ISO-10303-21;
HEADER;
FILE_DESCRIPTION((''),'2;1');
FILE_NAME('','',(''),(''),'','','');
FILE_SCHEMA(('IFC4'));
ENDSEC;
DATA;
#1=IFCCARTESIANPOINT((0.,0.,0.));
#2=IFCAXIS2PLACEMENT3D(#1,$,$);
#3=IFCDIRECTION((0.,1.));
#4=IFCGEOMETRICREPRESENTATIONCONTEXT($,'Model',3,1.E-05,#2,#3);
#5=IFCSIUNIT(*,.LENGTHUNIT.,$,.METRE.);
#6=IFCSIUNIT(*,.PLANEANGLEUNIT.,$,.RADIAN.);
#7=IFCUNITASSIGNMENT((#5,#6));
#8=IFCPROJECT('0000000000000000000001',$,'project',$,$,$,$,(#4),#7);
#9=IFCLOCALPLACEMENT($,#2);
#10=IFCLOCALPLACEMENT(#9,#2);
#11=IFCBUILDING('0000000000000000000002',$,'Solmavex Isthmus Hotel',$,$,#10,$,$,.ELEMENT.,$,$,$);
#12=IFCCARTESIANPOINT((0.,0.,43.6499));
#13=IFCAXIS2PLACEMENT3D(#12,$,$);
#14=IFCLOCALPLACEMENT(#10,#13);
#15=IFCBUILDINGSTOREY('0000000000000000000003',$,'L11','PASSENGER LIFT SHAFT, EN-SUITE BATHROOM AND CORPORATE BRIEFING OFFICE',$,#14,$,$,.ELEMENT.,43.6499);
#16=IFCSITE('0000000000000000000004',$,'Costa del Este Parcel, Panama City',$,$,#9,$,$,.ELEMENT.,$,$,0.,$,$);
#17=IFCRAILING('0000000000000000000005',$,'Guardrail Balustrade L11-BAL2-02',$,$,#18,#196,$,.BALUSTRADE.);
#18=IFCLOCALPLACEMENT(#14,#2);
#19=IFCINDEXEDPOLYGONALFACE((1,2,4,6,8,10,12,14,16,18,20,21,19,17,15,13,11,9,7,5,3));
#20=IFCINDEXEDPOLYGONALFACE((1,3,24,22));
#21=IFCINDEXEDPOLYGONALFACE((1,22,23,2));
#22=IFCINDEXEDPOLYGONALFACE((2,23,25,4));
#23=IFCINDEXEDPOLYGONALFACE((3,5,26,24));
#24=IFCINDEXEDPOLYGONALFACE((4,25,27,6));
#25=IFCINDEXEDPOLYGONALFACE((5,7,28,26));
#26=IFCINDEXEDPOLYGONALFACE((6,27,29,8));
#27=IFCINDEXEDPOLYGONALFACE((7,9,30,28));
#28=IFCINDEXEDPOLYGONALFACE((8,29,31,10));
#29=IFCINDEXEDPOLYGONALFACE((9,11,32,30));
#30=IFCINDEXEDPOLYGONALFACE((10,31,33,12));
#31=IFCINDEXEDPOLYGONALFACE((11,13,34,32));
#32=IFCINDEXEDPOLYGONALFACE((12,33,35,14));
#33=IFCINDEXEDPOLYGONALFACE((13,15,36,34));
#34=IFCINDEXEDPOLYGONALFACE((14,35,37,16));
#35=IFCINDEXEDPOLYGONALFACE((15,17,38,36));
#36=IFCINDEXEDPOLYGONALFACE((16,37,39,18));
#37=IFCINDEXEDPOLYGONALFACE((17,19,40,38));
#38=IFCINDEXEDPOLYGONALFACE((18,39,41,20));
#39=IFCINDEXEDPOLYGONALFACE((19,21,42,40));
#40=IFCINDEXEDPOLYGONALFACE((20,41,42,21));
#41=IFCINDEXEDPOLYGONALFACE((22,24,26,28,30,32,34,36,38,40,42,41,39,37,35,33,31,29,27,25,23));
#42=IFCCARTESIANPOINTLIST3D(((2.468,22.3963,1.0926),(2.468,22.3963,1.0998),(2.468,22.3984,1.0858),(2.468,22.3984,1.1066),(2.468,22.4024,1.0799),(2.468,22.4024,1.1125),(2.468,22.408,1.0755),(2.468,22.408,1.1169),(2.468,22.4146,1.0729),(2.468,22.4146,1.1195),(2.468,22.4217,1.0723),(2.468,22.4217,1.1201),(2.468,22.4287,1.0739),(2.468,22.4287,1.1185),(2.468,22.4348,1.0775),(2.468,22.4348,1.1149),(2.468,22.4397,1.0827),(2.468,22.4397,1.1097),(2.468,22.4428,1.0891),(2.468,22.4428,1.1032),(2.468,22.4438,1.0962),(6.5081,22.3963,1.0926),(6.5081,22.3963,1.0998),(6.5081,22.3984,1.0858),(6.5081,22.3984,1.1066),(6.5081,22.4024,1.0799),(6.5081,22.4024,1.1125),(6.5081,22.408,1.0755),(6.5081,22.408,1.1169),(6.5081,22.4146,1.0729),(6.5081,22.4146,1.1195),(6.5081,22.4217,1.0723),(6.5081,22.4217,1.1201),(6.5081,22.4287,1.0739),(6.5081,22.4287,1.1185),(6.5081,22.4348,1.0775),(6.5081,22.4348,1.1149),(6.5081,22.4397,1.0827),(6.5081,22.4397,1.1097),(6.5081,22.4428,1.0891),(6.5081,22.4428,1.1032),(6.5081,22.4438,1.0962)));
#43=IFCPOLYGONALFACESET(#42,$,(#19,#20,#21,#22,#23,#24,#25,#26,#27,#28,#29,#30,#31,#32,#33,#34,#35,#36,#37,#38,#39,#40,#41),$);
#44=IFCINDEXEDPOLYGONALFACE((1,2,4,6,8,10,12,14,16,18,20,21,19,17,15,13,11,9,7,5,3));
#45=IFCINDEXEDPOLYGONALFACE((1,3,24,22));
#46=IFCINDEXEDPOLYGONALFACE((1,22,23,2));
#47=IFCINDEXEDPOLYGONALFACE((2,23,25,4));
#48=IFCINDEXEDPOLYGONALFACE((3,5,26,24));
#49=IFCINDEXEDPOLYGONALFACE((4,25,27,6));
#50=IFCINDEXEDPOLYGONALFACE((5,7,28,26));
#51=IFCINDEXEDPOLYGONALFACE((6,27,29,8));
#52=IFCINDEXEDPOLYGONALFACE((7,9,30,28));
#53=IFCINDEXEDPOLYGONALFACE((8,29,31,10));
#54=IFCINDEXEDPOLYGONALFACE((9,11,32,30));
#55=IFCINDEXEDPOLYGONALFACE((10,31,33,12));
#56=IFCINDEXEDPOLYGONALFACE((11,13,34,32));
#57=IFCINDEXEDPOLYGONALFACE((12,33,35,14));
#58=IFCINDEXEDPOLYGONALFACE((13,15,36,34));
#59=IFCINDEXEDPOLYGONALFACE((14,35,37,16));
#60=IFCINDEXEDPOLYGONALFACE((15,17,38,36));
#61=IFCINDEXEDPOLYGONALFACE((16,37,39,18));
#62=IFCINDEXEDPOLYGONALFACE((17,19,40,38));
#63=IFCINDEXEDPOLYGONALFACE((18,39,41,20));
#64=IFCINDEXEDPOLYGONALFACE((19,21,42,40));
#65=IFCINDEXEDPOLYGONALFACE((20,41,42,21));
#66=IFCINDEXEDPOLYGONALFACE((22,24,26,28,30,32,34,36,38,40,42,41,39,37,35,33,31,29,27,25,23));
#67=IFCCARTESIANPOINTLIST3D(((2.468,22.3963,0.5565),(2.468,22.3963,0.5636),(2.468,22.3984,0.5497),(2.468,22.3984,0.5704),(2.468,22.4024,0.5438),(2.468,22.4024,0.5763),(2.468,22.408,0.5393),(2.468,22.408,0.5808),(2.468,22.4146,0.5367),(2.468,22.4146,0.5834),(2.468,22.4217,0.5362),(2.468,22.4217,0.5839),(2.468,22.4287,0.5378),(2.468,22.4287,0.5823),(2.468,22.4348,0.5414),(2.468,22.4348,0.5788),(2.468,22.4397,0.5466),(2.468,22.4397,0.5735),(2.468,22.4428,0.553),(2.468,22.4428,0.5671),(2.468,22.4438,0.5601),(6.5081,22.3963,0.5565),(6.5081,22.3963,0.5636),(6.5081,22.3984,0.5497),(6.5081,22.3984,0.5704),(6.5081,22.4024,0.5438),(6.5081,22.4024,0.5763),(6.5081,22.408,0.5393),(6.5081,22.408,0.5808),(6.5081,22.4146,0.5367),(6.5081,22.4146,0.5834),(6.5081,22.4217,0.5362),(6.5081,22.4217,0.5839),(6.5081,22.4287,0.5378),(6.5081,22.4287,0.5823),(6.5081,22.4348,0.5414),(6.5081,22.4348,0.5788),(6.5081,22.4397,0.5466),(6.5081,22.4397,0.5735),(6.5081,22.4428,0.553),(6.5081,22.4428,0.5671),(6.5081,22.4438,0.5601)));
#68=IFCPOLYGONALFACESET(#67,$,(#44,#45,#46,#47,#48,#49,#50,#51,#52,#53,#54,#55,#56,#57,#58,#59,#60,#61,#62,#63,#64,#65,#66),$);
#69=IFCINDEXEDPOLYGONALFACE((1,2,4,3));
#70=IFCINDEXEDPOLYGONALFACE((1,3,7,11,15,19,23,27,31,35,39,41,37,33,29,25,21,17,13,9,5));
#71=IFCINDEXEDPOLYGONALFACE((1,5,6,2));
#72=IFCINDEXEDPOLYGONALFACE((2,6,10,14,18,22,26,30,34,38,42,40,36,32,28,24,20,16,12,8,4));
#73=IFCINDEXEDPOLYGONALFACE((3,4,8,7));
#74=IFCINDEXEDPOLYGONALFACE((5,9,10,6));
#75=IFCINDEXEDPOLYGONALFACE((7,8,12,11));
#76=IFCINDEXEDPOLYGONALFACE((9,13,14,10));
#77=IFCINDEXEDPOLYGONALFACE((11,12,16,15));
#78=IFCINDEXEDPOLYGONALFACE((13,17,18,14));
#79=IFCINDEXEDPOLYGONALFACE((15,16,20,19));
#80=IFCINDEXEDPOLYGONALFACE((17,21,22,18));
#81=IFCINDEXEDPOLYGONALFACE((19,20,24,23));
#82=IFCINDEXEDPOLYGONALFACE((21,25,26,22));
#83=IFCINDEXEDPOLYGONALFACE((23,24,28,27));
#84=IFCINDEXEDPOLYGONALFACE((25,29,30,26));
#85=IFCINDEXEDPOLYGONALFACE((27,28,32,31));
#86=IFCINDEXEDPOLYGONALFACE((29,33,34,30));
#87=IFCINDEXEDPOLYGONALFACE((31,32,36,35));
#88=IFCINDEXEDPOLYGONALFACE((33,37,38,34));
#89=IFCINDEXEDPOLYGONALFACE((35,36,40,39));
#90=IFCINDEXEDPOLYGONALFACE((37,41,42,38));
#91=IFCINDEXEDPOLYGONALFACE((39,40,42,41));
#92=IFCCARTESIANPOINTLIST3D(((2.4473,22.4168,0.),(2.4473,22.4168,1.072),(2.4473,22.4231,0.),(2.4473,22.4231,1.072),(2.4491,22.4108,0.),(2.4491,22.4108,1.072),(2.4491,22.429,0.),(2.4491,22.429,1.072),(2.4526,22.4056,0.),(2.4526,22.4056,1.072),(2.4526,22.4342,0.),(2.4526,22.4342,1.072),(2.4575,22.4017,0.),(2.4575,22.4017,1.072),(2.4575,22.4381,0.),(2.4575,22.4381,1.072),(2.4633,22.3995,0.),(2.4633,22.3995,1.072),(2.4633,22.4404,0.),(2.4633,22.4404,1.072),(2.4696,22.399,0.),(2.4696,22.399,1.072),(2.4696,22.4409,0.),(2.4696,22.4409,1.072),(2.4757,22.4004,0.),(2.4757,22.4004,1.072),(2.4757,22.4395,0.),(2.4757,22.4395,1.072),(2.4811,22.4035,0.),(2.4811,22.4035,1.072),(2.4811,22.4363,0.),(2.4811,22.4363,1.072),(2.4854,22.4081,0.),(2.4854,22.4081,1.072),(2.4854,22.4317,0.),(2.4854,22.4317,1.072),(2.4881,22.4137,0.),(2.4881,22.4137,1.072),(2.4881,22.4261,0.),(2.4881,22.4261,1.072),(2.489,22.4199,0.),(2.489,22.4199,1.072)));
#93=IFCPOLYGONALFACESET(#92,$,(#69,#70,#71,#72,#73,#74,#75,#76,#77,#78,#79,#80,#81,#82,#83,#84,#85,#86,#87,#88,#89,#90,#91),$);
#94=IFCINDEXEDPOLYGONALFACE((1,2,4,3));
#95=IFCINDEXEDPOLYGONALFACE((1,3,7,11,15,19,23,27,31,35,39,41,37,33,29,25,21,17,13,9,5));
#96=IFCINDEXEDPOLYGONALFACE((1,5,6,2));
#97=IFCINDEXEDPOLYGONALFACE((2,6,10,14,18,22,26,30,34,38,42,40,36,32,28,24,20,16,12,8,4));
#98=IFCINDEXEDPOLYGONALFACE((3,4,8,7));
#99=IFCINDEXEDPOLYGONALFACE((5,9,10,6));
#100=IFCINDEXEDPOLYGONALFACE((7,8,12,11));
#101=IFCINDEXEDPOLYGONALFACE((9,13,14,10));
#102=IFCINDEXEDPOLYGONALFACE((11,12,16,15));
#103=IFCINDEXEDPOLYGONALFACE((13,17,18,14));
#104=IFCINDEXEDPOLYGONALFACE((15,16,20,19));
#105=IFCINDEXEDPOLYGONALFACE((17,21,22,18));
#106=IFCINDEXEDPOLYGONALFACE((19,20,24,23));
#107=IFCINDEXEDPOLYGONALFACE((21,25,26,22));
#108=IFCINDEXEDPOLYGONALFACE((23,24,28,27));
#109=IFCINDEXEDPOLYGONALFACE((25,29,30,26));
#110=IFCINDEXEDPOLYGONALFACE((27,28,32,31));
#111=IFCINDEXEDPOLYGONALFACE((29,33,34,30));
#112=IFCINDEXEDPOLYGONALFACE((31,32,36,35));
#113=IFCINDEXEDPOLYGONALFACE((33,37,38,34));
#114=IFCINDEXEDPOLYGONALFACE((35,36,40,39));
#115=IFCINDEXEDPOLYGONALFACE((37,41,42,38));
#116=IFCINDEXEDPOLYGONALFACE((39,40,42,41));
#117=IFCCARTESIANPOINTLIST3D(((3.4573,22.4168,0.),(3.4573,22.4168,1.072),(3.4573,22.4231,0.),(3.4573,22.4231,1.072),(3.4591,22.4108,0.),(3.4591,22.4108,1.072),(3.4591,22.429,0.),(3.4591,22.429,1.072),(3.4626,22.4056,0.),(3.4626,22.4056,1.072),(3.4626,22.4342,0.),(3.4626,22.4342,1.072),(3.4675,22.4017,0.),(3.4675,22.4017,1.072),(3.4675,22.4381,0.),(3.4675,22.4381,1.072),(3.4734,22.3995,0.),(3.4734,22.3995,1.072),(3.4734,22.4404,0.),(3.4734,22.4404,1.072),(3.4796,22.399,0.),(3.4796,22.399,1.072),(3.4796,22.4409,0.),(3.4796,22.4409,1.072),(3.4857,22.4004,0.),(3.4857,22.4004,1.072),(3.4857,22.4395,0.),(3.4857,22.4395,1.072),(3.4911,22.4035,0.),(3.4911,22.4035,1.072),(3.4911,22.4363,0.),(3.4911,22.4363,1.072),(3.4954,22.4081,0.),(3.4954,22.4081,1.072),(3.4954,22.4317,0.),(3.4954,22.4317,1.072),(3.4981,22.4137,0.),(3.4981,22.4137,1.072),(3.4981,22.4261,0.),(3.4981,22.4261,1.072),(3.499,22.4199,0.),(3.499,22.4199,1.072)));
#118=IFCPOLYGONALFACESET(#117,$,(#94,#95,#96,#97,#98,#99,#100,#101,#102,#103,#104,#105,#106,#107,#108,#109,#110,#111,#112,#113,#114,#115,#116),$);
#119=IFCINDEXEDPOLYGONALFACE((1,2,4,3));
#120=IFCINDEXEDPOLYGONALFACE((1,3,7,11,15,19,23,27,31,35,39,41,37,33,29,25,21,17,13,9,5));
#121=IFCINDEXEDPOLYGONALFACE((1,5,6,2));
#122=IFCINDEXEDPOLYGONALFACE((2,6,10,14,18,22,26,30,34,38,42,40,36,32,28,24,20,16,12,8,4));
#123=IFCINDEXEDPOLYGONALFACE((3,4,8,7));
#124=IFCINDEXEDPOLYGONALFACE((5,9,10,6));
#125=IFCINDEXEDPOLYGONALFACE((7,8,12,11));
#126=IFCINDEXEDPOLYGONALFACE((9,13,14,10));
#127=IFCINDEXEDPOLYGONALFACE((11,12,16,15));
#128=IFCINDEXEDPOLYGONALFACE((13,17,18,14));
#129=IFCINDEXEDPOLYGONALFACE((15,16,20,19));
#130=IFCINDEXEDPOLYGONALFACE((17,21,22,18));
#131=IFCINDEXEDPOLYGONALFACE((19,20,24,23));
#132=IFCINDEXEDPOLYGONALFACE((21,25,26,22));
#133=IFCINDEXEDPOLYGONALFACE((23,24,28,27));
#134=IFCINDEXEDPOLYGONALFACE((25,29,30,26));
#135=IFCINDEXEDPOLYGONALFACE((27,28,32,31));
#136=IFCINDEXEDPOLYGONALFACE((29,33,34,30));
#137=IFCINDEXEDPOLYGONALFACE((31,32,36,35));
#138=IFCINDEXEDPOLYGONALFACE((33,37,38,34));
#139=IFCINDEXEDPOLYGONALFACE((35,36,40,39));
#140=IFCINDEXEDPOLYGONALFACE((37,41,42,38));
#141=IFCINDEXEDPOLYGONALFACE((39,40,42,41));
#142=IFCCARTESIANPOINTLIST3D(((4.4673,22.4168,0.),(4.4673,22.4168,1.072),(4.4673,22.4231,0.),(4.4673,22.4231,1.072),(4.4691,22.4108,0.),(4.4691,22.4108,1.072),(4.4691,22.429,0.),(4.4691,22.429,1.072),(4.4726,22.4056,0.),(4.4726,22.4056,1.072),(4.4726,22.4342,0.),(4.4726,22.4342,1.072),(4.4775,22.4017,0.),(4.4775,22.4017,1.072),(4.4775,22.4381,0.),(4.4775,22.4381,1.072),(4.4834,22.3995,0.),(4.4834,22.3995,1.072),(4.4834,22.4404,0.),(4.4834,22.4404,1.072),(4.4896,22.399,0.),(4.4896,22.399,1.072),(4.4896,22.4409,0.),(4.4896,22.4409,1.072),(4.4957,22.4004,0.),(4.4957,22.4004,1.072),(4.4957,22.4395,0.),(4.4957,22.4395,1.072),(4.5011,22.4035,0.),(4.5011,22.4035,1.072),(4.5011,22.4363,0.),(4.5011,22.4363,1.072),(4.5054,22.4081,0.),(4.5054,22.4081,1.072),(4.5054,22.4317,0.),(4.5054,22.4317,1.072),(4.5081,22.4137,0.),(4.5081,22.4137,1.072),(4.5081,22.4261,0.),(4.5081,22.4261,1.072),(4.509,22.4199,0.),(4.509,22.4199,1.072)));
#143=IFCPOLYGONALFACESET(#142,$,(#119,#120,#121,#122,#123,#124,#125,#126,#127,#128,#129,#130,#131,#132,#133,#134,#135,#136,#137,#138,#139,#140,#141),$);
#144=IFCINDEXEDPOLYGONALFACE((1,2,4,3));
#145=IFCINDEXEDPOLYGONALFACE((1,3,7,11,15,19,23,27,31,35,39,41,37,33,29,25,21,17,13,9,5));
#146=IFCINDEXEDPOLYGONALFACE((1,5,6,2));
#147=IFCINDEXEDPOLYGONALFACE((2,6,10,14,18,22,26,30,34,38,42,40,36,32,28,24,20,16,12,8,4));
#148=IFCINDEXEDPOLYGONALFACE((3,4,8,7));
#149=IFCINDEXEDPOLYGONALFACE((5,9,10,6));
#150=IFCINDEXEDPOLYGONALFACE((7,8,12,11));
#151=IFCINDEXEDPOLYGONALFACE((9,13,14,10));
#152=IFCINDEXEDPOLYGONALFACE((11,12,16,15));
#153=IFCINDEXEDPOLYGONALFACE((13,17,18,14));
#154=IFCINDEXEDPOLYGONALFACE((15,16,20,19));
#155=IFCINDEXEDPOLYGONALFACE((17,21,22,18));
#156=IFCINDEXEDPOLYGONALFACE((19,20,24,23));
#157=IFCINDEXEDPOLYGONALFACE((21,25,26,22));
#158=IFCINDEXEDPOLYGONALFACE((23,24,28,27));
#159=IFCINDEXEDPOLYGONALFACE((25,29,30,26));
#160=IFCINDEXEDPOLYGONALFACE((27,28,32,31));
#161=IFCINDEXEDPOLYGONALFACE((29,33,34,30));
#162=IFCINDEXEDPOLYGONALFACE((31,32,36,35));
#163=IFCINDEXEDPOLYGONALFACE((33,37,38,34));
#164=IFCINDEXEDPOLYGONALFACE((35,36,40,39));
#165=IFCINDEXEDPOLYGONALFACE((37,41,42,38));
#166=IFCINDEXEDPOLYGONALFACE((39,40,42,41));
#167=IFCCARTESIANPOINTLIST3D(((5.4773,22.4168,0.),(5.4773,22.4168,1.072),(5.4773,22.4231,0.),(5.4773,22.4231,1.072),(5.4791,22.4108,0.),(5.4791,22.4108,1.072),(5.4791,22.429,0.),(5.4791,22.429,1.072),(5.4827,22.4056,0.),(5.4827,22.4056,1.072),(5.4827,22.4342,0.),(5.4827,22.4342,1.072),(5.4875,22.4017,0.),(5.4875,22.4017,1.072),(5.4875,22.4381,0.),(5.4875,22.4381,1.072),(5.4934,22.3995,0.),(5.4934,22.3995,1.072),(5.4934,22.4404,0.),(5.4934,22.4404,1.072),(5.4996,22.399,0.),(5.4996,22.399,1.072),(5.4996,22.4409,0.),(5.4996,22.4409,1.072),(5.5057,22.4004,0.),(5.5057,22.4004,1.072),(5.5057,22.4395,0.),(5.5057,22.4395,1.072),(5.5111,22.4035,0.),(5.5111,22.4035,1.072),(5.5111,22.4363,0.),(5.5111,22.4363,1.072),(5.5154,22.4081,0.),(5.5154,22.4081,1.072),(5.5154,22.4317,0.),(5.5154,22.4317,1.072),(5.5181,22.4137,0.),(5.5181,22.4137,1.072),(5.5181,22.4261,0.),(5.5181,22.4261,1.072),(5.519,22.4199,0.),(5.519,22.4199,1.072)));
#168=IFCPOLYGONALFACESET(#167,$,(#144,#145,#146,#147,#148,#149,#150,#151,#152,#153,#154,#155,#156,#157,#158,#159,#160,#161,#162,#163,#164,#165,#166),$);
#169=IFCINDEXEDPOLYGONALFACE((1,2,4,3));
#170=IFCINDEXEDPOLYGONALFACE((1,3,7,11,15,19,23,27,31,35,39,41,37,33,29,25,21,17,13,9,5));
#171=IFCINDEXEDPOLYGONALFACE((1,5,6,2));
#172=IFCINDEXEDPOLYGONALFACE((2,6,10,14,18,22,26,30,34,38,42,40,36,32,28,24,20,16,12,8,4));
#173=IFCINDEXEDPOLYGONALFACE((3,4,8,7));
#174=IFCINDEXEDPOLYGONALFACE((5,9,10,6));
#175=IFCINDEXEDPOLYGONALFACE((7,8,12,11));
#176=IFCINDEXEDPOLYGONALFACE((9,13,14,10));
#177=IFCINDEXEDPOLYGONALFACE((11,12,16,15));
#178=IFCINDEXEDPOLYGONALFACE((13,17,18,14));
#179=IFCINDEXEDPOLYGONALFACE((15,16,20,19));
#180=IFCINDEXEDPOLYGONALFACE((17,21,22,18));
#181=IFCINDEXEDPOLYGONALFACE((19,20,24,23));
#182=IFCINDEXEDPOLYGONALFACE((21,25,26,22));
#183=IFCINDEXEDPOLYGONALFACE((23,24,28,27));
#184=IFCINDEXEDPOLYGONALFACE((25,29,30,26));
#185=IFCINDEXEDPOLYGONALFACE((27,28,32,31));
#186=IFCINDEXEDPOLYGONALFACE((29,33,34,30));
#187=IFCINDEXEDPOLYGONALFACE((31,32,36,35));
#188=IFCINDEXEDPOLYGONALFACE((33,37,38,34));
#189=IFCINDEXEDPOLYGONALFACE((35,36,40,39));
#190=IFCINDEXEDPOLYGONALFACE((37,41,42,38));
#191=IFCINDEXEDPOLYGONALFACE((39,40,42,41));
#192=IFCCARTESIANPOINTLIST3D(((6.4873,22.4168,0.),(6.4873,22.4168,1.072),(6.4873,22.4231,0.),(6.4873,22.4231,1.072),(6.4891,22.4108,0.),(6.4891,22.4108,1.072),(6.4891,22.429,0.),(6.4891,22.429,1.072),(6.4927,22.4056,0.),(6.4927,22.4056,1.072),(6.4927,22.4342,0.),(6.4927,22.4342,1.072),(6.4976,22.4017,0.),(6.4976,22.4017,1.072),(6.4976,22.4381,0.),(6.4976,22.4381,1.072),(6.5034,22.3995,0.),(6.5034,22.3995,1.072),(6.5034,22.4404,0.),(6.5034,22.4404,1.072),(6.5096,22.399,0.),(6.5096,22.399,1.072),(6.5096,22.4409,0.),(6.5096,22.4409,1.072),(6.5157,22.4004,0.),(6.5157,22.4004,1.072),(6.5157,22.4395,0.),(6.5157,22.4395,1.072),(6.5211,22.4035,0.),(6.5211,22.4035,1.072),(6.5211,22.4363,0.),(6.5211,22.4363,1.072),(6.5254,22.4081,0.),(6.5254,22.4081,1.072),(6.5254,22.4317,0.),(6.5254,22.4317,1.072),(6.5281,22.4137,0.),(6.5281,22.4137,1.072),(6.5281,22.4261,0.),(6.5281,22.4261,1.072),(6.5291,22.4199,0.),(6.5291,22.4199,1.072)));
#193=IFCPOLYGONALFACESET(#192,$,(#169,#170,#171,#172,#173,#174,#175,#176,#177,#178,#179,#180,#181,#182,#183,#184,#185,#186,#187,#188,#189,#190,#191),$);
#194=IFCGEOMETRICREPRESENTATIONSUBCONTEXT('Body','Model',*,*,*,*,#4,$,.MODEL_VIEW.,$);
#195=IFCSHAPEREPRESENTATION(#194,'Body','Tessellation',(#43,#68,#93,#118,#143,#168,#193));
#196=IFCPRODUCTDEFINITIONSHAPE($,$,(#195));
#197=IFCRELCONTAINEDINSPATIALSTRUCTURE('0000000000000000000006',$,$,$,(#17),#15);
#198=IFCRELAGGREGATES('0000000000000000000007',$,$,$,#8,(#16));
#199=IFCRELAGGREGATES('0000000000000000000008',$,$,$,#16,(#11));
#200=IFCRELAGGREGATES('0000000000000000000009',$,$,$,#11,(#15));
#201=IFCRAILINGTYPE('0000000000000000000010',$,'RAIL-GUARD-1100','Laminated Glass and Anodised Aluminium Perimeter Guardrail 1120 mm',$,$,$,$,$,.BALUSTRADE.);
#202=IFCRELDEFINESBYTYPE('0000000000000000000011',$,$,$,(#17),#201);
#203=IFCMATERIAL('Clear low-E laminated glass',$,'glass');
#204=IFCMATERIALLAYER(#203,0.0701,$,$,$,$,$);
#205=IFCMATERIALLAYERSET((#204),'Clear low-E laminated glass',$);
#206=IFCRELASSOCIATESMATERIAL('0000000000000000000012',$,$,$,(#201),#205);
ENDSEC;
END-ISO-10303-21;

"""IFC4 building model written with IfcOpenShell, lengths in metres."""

from ifc_helpers import new_model, si_unit, direction, frame, origin, origin_2d, place, context, subcontext, project, spatial, circle, extrude, material, layer, layer_set, type_object, element, save


model = new_model("IFC4")

# Units and contexts
model_context = context("Model", 3, precision=1e-05, world=origin(), true_north=direction((0.0, 1.0)))
body_context = subcontext(model_context, "Body", "Model", "MODEL_VIEW")
ifc_project = project(units=[si_unit("LENGTHUNIT", "METRE"), si_unit("PLANEANGLEUNIT", "RADIAN")], contexts=[model_context])

# Site, building, storey
site_placement = place(None, origin())
site = spatial("IfcSite", under=ifc_project, at=site_placement, Name="Costa del Este Parcel, Panama City", CompositionType="ELEMENT", RefElevation=0.0)
building_placement = place(site_placement, origin())
building = spatial("IfcBuilding", under=site, at=building_placement, Name="Solmavex Isthmus Hotel", CompositionType="ELEMENT")
storey_placement = place(building_placement, frame((0.0, 0.0, 43.6499)))
storey = spatial("IfcBuildingStorey", under=building, at=storey_placement, Name="L11", Description="PASSENGER LIFT SHAFT, EN-SUITE BATHROOM AND CORPORATE BRIEFING OFFICE", CompositionType="ELEMENT", Elevation=43.6499)

# Shared definitions
ifc_material_1 = material(Name="Clear low-E laminated glass", Category="glass")

# Railing
ifc_layer_1 = layer(ifc_material_1, 0.0701)
ifc_layer_set_1 = layer_set([ifc_layer_1], Name="Clear low-E laminated glass")
railing_type = type_object("IfcRailingType", Name="RAIL-GUARD-1100", Description="Laminated Glass and Anodised Aluminium Perimeter Guardrail 1120 mm", PredefinedType="BALUSTRADE", material=ifc_layer_set_1)
railing_1_placement = place(storey_placement, frame((2.468, 22.4199, 0.0)))
element("IfcRailing", 1, at=railing_1_placement, inside=storey, type_object=railing_type, Name="Guardrail Balustrade L11-BAL2-02", PredefinedType="BALUSTRADE", context=body_context, shape_type="SweptSolid", body=[
    extrude(circle(Radius=0.0239, at=origin_2d()), frame((0.0, 0.0, 1.0962), z_axis=(1.0, 0.0, 0.0), x_axis=(0.0, 1.0, 0.0)), (0.0, 0.0, 1.0), 4.04),
    extrude(circle(Radius=0.0239, at=origin_2d()), frame((0.0, 0.0, 0.5601), z_axis=(1.0, 0.0, 0.0), x_axis=(0.0, 1.0, 0.0)), (0.0, 0.0, 1.0), 4.04),
    extrude(circle(Radius=0.021, at=origin_2d()), origin(), (0.0, 0.0, 1.0), 1.072),
    extrude(circle(Radius=0.021, at=origin_2d()), frame((1.01, 0.0, 0.0)), (0.0, 0.0, 1.0), 1.072),
    extrude(circle(Radius=0.021, at=origin_2d()), frame((2.02, 0.0, 0.0)), (0.0, 0.0, 1.0), 1.072),
    extrude(circle(Radius=0.021, at=origin_2d()), frame((3.03, 0.0, 0.0)), (0.0, 0.0, 1.0), 1.072),
    extrude(circle(Radius=0.021, at=origin_2d()), frame((4.04, 0.0, 0.0)), (0.0, 0.0, 1.0), 1.072),
])

save(model, "model.ifc")
